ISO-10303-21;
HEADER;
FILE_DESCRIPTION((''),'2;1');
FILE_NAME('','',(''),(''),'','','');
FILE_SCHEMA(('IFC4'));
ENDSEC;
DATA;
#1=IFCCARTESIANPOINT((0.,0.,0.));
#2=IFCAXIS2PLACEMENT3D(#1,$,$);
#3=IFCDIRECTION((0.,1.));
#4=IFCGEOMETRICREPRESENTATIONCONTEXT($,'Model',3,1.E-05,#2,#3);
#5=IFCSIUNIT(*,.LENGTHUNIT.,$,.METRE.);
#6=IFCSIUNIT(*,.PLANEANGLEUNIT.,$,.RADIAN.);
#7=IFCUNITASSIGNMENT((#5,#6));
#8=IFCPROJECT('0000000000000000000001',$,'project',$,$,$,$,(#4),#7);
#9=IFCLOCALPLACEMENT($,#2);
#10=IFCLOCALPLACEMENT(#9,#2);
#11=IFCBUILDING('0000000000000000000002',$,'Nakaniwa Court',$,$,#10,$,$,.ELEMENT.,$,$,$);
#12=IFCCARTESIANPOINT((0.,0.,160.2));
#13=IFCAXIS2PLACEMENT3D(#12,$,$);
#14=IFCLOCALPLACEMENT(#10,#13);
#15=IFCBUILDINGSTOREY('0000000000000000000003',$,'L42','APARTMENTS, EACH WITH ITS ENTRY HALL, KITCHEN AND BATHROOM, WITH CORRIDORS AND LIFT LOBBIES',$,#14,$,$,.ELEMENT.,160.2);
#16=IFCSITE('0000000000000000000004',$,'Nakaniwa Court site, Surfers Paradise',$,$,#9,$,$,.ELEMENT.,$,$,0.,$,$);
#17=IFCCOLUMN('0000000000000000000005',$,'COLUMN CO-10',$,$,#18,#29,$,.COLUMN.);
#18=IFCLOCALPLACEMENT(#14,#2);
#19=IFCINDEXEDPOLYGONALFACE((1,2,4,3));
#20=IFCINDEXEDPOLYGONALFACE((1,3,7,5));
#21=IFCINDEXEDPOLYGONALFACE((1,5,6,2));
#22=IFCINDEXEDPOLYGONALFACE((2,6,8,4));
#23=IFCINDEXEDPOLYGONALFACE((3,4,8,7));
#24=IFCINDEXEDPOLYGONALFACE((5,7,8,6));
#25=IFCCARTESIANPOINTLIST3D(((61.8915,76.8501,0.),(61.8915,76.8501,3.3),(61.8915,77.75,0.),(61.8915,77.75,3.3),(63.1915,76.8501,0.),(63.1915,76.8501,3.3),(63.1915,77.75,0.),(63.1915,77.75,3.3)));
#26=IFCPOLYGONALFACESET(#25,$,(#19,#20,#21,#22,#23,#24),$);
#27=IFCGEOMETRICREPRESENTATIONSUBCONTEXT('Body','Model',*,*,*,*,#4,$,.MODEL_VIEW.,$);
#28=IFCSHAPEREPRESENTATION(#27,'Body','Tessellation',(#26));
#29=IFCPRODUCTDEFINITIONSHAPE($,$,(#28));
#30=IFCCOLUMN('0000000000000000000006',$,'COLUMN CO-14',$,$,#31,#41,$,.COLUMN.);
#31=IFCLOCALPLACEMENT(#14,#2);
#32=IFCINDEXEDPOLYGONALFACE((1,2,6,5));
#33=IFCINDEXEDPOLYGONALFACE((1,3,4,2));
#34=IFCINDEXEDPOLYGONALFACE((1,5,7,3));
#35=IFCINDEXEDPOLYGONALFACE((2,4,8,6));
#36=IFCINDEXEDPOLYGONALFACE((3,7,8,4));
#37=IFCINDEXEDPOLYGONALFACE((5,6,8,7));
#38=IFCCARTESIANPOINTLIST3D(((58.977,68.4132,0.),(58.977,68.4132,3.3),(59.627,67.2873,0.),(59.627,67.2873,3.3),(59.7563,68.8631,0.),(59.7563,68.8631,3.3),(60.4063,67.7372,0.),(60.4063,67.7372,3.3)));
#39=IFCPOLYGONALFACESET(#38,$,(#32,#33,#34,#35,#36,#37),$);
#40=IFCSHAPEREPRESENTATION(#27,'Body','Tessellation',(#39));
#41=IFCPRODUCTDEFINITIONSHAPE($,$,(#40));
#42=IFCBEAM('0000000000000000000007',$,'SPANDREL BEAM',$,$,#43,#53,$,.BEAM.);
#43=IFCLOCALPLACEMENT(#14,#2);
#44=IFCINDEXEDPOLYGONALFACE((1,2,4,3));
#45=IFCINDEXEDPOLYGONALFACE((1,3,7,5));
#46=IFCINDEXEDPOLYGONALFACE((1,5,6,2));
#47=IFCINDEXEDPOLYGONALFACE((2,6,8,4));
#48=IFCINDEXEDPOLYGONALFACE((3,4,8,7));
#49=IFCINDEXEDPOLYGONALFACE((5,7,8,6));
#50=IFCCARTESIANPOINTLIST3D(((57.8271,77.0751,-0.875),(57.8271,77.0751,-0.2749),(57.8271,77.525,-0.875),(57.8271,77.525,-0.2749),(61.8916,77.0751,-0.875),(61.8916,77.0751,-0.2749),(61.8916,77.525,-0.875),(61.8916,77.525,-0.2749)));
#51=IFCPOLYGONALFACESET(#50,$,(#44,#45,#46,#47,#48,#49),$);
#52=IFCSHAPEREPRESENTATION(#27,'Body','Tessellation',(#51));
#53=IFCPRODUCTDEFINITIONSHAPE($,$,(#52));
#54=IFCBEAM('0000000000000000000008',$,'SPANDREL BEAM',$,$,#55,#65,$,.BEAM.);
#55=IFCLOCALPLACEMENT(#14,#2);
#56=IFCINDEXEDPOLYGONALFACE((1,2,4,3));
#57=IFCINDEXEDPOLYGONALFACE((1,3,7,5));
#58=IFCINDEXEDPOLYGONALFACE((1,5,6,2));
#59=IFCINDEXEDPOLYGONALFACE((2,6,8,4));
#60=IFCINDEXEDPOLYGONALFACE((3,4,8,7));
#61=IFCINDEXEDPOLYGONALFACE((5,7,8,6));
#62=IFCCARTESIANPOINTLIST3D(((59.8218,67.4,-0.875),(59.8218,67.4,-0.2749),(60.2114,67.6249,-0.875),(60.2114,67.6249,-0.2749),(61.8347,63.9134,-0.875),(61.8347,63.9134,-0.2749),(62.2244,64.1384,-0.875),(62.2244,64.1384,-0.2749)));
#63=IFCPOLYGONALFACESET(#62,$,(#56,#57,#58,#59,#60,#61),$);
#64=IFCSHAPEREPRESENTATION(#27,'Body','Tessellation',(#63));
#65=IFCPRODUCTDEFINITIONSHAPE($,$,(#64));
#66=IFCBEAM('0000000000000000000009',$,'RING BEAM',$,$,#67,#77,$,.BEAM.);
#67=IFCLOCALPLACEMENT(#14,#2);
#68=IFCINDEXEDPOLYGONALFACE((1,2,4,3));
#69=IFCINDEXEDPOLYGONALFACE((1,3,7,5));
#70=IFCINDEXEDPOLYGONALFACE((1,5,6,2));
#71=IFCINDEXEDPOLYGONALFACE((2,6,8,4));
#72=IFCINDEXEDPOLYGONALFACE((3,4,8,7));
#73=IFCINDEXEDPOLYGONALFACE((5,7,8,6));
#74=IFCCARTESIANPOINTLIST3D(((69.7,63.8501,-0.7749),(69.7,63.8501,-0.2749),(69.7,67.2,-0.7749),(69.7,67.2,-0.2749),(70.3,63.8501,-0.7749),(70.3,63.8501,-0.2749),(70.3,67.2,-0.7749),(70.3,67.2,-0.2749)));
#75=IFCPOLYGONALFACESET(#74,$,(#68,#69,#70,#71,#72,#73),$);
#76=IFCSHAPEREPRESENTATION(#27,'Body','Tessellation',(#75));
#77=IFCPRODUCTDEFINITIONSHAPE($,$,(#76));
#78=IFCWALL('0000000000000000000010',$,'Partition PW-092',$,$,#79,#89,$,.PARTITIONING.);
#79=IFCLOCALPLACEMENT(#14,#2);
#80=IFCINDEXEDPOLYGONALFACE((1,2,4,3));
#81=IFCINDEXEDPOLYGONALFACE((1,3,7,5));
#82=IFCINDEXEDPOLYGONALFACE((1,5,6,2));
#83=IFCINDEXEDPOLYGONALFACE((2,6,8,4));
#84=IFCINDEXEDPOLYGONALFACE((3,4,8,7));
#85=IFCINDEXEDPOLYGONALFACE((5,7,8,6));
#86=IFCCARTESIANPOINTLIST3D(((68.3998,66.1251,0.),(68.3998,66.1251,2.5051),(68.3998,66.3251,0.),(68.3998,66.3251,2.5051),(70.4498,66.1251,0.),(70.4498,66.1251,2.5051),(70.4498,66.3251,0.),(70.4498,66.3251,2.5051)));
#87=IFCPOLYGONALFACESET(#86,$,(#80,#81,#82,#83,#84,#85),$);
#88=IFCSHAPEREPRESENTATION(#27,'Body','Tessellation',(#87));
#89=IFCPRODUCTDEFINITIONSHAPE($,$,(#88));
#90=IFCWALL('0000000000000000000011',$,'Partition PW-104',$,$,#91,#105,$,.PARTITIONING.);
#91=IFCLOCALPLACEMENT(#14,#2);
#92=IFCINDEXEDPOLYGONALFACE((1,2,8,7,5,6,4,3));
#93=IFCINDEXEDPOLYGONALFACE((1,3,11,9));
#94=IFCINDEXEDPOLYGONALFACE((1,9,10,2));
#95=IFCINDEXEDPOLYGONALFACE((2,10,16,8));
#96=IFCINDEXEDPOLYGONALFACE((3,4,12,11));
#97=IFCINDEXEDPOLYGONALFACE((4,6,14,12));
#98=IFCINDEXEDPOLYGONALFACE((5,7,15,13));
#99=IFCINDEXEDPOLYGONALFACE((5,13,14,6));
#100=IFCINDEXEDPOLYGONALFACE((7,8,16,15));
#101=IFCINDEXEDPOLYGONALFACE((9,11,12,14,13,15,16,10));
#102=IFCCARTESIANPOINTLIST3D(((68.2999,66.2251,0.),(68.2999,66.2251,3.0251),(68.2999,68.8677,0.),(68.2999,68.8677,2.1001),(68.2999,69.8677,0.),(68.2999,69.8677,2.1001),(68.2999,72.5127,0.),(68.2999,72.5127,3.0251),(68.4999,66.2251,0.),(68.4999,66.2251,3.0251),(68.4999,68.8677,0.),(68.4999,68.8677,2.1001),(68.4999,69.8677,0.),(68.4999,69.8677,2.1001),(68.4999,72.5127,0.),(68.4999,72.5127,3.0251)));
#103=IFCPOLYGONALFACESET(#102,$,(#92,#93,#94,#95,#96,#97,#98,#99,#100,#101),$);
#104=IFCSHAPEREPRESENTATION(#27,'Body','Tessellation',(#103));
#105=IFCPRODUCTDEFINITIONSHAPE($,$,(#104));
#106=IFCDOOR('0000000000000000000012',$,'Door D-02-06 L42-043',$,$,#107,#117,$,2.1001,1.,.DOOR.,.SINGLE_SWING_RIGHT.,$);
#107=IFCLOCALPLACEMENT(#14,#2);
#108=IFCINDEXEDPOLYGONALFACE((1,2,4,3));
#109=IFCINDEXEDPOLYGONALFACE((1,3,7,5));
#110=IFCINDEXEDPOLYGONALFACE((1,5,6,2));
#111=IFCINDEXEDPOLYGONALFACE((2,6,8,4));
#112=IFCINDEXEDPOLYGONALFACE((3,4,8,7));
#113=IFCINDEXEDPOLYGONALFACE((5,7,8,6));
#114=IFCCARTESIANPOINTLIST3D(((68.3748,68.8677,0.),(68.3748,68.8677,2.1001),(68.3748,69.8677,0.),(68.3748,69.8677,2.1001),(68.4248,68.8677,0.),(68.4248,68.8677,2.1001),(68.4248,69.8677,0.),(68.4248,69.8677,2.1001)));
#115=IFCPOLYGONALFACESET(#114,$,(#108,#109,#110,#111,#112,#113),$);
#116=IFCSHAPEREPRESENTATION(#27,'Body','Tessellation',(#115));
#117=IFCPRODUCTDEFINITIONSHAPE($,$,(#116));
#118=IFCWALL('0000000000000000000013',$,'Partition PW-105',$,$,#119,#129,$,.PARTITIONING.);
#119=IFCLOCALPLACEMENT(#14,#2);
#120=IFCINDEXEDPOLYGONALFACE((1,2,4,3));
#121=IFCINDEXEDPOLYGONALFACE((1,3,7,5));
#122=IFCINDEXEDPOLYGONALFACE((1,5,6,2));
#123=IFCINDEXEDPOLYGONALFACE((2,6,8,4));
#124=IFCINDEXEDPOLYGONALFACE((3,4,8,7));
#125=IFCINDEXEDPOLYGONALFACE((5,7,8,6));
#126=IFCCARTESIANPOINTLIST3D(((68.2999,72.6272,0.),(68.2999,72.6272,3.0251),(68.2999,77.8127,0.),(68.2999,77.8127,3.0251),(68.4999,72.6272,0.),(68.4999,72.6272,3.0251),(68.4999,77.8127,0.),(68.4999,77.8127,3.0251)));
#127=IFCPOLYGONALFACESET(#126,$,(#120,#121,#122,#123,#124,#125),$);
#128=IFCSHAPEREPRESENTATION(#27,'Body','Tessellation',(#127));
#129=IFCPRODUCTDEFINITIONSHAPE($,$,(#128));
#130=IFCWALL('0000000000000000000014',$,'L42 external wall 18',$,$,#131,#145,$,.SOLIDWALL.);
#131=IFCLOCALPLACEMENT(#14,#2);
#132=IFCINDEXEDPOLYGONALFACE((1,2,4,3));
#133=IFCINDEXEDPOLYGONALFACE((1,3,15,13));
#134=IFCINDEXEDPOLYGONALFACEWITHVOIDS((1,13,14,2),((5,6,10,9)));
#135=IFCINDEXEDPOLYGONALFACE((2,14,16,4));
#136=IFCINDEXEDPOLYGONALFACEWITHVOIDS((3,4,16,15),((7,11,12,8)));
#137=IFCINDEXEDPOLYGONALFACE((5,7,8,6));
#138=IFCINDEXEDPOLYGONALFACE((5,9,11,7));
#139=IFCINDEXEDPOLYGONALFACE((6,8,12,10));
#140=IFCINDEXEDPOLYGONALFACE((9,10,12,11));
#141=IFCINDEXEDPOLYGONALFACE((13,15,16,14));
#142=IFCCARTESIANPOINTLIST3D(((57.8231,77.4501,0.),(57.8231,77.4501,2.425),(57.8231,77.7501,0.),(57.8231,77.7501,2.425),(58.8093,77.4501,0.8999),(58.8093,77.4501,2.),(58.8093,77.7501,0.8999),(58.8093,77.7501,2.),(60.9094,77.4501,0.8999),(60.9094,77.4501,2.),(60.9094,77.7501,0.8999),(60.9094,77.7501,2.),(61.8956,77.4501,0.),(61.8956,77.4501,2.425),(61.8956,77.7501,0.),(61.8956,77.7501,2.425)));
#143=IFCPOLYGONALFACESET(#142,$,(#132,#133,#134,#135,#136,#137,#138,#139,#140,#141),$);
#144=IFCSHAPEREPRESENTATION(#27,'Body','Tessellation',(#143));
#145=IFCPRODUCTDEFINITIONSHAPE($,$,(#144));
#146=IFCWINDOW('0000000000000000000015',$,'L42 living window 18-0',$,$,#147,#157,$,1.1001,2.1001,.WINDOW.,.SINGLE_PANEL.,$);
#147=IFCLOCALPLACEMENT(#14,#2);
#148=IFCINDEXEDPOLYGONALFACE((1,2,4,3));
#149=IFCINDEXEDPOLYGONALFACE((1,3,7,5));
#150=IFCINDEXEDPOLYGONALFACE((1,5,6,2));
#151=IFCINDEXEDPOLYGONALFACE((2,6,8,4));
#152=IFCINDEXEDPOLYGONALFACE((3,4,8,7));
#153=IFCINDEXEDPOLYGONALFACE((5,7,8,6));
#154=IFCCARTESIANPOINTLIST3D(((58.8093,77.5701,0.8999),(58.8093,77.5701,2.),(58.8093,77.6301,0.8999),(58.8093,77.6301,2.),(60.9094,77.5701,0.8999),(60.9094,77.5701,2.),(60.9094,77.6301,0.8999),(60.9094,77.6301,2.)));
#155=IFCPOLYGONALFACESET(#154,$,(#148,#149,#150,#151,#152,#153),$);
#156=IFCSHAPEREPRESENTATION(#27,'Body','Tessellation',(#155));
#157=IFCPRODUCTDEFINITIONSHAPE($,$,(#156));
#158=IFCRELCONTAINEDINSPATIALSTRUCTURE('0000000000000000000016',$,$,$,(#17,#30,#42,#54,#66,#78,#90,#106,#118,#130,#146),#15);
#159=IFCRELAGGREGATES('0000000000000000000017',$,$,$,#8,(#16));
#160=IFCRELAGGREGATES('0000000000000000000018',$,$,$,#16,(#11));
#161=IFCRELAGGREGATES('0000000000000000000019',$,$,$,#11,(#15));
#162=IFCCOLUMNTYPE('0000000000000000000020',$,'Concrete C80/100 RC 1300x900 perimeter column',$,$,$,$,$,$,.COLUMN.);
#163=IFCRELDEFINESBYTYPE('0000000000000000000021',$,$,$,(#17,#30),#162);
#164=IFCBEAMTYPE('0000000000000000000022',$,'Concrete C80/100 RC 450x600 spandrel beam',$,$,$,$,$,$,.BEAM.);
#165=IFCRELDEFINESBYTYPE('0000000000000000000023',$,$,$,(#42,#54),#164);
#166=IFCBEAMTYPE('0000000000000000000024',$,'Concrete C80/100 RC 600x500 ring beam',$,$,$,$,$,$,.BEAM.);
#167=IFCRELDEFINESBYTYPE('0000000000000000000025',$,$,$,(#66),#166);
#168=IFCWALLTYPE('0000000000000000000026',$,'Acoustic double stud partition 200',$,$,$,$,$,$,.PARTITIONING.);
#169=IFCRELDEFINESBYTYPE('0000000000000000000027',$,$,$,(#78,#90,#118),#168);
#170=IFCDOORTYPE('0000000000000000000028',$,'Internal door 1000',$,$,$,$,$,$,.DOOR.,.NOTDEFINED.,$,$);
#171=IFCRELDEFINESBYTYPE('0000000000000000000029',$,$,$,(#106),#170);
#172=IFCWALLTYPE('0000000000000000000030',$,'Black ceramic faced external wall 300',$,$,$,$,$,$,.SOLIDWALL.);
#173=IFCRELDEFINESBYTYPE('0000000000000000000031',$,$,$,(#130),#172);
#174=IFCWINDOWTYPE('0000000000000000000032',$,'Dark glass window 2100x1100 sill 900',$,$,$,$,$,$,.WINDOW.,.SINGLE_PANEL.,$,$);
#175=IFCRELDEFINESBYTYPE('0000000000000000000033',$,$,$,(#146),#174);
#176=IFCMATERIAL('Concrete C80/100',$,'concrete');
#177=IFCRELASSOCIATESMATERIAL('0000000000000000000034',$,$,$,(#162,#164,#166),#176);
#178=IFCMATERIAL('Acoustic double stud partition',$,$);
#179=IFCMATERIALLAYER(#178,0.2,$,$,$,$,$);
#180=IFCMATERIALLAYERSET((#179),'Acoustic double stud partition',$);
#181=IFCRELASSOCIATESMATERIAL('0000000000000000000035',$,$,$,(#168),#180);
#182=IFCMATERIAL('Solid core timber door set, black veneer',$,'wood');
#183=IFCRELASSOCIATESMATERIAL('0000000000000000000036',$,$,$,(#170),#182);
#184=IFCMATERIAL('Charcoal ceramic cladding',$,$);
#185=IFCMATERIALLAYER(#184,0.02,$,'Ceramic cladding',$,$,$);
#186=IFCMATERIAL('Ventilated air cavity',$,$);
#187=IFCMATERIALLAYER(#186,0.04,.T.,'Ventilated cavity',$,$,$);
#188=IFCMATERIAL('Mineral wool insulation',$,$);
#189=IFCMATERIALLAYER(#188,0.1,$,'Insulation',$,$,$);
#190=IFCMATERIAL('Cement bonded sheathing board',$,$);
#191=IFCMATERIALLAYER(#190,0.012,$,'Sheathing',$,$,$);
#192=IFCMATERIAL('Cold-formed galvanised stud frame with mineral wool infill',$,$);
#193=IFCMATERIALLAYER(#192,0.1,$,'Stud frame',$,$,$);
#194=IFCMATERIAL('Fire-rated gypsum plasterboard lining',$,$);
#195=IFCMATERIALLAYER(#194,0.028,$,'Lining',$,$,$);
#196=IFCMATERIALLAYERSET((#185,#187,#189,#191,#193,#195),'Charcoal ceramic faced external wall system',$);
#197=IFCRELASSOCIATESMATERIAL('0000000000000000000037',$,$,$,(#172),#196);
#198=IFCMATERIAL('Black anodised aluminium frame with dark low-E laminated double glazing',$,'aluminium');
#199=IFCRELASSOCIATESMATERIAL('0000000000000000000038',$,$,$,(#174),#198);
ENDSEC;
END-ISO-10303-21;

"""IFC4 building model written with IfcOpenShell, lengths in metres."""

from ifc_helpers import new_model, si_unit, direction, frame, frame_2d, origin, origin_2d, place, context, subcontext, project, spatial, rectangle, extrude, material, layer, layer_set, material_profile, profile_set, type_object, element, fill, save


model = new_model("IFC4")

# Units and contexts
model_context = context("Model", 3, precision=1e-05, world=origin(), true_north=direction((0.0, 1.0)))
body_context = subcontext(model_context, "Body", "Model", "MODEL_VIEW")
ifc_project = project(units=[si_unit("LENGTHUNIT", "METRE"), si_unit("PLANEANGLEUNIT", "RADIAN")], contexts=[model_context])

# Site, building, storey
site_placement = place(None, origin())
site = spatial("IfcSite", under=ifc_project, at=site_placement, Name="Nakaniwa Court site, Surfers Paradise", CompositionType="ELEMENT", RefElevation=0.0)
building_placement = place(site_placement, origin())
building = spatial("IfcBuilding", under=site, at=building_placement, Name="Nakaniwa Court", CompositionType="ELEMENT")
storey_placement = place(building_placement, frame((0.0, 0.0, 160.2)))
storey = spatial("IfcBuildingStorey", under=building, at=storey_placement, Name="L42", Description="APARTMENTS, EACH WITH ITS ENTRY HALL, KITCHEN AND BATHROOM, WITH CORRIDORS AND LIFT LOBBIES", CompositionType="ELEMENT", Elevation=160.2)

# Columns
ifc_material_1 = material(Name="Concrete C80/100", Category="concrete")
ifc_material_profile_1 = material_profile(ifc_material_1, rectangle(XDim=1.3, YDim=0.8999, at=origin_2d()), Name="Concrete C80/100 RC 1300x900 perimeter column")
ifc_profile_set_1 = profile_set([ifc_material_profile_1], Name="Concrete C80/100")
column_type = type_object("IfcColumnType", Name="Concrete C80/100 RC 1300x900 perimeter column", PredefinedType="COLUMN", material=ifc_profile_set_1)
for number, where, z_axis, x_axis, name in (
    (1, (62.5415, 77.3, 0.0), (0.0, 0.0, 1.0), (-1.0, 0.0, 0.0), "COLUMN CO-10"),
    (2, (59.6917, 68.0752, 0.0), (0.0, 0.0, 1.0), (0.5, -0.866025, 0.0), "COLUMN CO-14"),
):
    element("IfcColumn", number, at=place(storey_placement, frame(where, z_axis=z_axis, x_axis=x_axis)), inside=storey, type_object=column_type, Name=name, PredefinedType="COLUMN", context=body_context, shape_type="SweptSolid", body=[
        extrude(rectangle(XDim=1.3, YDim=0.8999, at=origin_2d()), origin(), (0.0, 0.0, 1.0), 3.3),
    ])

# Beams
ifc_material_profile_2 = material_profile(ifc_material_1, rectangle(XDim=0.45, YDim=0.6001, at=origin_2d()), Name="Concrete C80/100 RC 450x600 spandrel beam")
ifc_profile_set_2 = profile_set([ifc_material_profile_2], Name="Concrete C80/100")
beam_type_1 = type_object("IfcBeamType", Name="Concrete C80/100 RC 450x600 spandrel beam", PredefinedType="BEAM", material=ifc_profile_set_2)
beam_1_placement = place(storey_placement, frame((61.8916, 77.3, -0.575), z_axis=(-1.0, 0.0, 0.0), x_axis=(0.0, -1.0, 0.0)))
element("IfcBeam", 3, at=beam_1_placement, inside=storey, type_object=beam_type_1, Name="SPANDREL BEAM", PredefinedType="BEAM", context=body_context, shape_type="SweptSolid", body=[
    extrude(rectangle(XDim=0.45, YDim=0.6001, at=origin_2d()), origin(), (0.0, 0.0, 1.0), 4.0645),
])
beam_2_placement = place(storey_placement, frame((60.0166, 67.5125, -0.575), z_axis=(0.499994, -0.866029, 0.0), x_axis=(0.866029, 0.499994, 0.0)))
element("IfcBeam", 4, at=beam_2_placement, inside=storey, type_object=beam_type_1, Name="SPANDREL BEAM", PredefinedType="BEAM", context=body_context, shape_type="SweptSolid", body=[
    extrude(rectangle(XDim=0.45, YDim=0.6001, at=origin_2d()), origin(), (0.0, 0.0, 1.0), 4.0259),
])
ifc_material_profile_3 = material_profile(ifc_material_1, rectangle(XDim=0.6001, YDim=0.5, at=origin_2d()), Name="Concrete C80/100 RC 600x500 ring beam")
ifc_profile_set_3 = profile_set([ifc_material_profile_3], Name="Concrete C80/100")
beam_type_2 = type_object("IfcBeamType", Name="Concrete C80/100 RC 600x500 ring beam", PredefinedType="BEAM", material=ifc_profile_set_3)
beam_3_placement = place(storey_placement, frame((70.0, 67.2, -0.5249), z_axis=(0.0, -1.0, 0.0), x_axis=(1.0, 0.0, 0.0)))
element("IfcBeam", 5, at=beam_3_placement, inside=storey, type_object=beam_type_2, Name="RING BEAM", PredefinedType="BEAM", context=body_context, shape_type="SweptSolid", body=[
    extrude(rectangle(XDim=0.6001, YDim=0.5, at=origin_2d()), origin(), (0.0, 0.0, 1.0), 3.3499),
])

# Wall
ifc_material_2 = material(Name="Acoustic double stud partition")
ifc_layer_1 = layer(ifc_material_2, 0.2)
ifc_layer_set_1 = layer_set([ifc_layer_1], Name="Acoustic double stud partition")
wall_type_1 = type_object("IfcWallType", Name="Acoustic double stud partition 200", PredefinedType="PARTITIONING", material=ifc_layer_set_1)
wall_1_placement = place(storey_placement, frame((68.3999, 66.2251, 0.0), z_axis=(0.0, 0.0, 1.0), x_axis=(1.0, 0.0, 0.0)))
element("IfcWall", 6, at=wall_1_placement, inside=storey, type_object=wall_type_1, Name="Partition PW-092", PredefinedType="PARTITIONING", context=body_context, shape_type="SweptSolid", body=[
    extrude(rectangle(XDim=2.05, YDim=0.2, at=frame_2d((1.0249, 0.0))), origin(), (0.0, 0.0, 1.0), 2.5051),
])

# Wall, opening, door
wall_2_placement = place(storey_placement, frame((68.3999, 72.5127, 0.0), z_axis=(0.0, 0.0, 1.0), x_axis=(0.0, -1.0, 0.0)))
wall_2 = element("IfcWall", 7, at=wall_2_placement, inside=storey, type_object=wall_type_1, Name="Partition PW-104", PredefinedType="PARTITIONING", context=body_context, shape_type="SweptSolid", body=[
    extrude(rectangle(XDim=6.2876, YDim=0.2, at=frame_2d((3.1438, 0.0))), origin(), (0.0, 0.0, 1.0), 3.0251),
])
opening_1_placement = place(wall_2_placement, frame((2.645, 0.0, 0.0)))
opening_1 = element("IfcOpeningElement", 8, at=opening_1_placement, cuts=wall_2, PredefinedType="OPENING", context=body_context, shape_type="SweptSolid", body=[
    extrude(rectangle(XDim=1.0, YDim=2.1001, at=frame_2d((0.5, 1.05))), frame((0.0, 0.1099, 0.0), z_axis=(0.0, -1.0, 0.0), x_axis=(1.0, 0.0, 0.0)), (0.0, 0.0, 1.0), 0.22),
])
ifc_material_3 = material(Name="Solid core timber door set, black veneer", Category="wood")
door_type = type_object("IfcDoorType", Name="Internal door 1000", OperationType="NOTDEFINED", PredefinedType="DOOR", material=ifc_material_3)
door_placement = place(opening_1_placement, origin())
door = element("IfcDoor", 9, at=door_placement, inside=storey, type_object=door_type, Name="Door D-02-06 L42-043", OperationType="SINGLE_SWING_RIGHT", OverallHeight=2.1001, OverallWidth=1.0, PredefinedType="DOOR", context=body_context, shape_type="SweptSolid", body=[
    extrude(rectangle(XDim=1.0, YDim=2.1001, at=frame_2d((0.5, 1.05))), frame((0.0, 0.0249, 0.0), z_axis=(0.0, -1.0, 0.0), x_axis=(1.0, 0.0, 0.0)), (0.0, 0.0, 1.0), 0.05),
])
fill(opening_1, door)

# Wall
wall_3_placement = place(storey_placement, frame((68.3999, 72.6272, 0.0), z_axis=(0.0, 0.0, 1.0), x_axis=(0.0, 1.0, 0.0)))
element("IfcWall", 10, at=wall_3_placement, inside=storey, type_object=wall_type_1, Name="Partition PW-105", PredefinedType="PARTITIONING", context=body_context, shape_type="SweptSolid", body=[
    extrude(rectangle(XDim=5.1855, YDim=0.2, at=frame_2d((2.5928, 0.0))), origin(), (0.0, 0.0, 1.0), 3.0251),
])

# Wall, opening, window
ifc_material_4 = material(Name="Charcoal ceramic cladding")
ifc_layer_2 = layer(ifc_material_4, 0.02, Name="Ceramic cladding")
ifc_material_5 = material(Name="Ventilated air cavity")
ifc_layer_3 = layer(ifc_material_5, 0.04, ventilated=True, Name="Ventilated cavity")
ifc_material_6 = material(Name="Mineral wool insulation")
ifc_layer_4 = layer(ifc_material_6, 0.1, Name="Insulation")
ifc_material_7 = material(Name="Cement bonded sheathing board")
ifc_layer_5 = layer(ifc_material_7, 0.012, Name="Sheathing")
ifc_material_8 = material(Name="Cold-formed galvanised stud frame with mineral wool infill")
ifc_layer_6 = layer(ifc_material_8, 0.1, Name="Stud frame")
ifc_material_9 = material(Name="Fire-rated gypsum plasterboard lining")
ifc_layer_7 = layer(ifc_material_9, 0.028, Name="Lining")
ifc_layer_set_2 = layer_set([ifc_layer_2, ifc_layer_3, ifc_layer_4, ifc_layer_5, ifc_layer_6, ifc_layer_7], Name="Charcoal ceramic faced external wall system")
wall_type_2 = type_object("IfcWallType", Name="Black ceramic faced external wall 300", PredefinedType="SOLIDWALL", material=ifc_layer_set_2)
wall_4_placement = place(storey_placement, frame((61.8955, 77.6001, 0.0), z_axis=(0.0, 0.0, 1.0), x_axis=(-1.0, 0.0, 0.0)))
wall_4 = element("IfcWall", 11, at=wall_4_placement, inside=storey, type_object=wall_type_2, Name="L42 external wall 18", PredefinedType="SOLIDWALL", context=body_context, shape_type="SweptSolid", body=[
    extrude(rectangle(XDim=4.0725, YDim=0.3, at=frame_2d((2.0361, 0.0))), origin(), (0.0, 0.0, 1.0), 2.425),
])
opening_2_placement = place(wall_4_placement, frame((0.9861, 0.0, 0.8999)))
opening_2 = element("IfcOpeningElement", 12, at=opening_2_placement, cuts=wall_4, PredefinedType="OPENING", context=body_context, shape_type="SweptSolid", body=[
    extrude(rectangle(XDim=2.1001, YDim=1.1001, at=frame_2d((1.05, 0.55))), frame((0.0, 0.1599, 0.0), z_axis=(0.0, -1.0, 0.0), x_axis=(1.0, 0.0, 0.0)), (0.0, 0.0, 1.0), 0.3201),
])
ifc_material_10 = material(Name="Black anodised aluminium frame with dark low-E laminated double glazing", Category="aluminium")
window_type = type_object("IfcWindowType", Name="Dark glass window 2100x1100 sill 900", PartitioningType="SINGLE_PANEL", PredefinedType="WINDOW", material=ifc_material_10)
window_1_placement = place(opening_2_placement, origin())
window_1 = element("IfcWindow", 13, at=window_1_placement, inside=storey, type_object=window_type, Name="L42 living window 18-0", OverallHeight=1.1001, OverallWidth=2.1001, PartitioningType="SINGLE_PANEL", PredefinedType="WINDOW", context=body_context, shape_type="SweptSolid", body=[
    extrude(rectangle(XDim=2.1001, YDim=1.1001, at=frame_2d((1.05, 0.55))), frame((0.0, 0.03, 0.0), z_axis=(0.0, -1.0, 0.0), x_axis=(1.0, 0.0, 0.0)), (0.0, 0.0, 1.0), 0.0601),
])
fill(opening_2, window_1)

save(model, "model.ifc")
